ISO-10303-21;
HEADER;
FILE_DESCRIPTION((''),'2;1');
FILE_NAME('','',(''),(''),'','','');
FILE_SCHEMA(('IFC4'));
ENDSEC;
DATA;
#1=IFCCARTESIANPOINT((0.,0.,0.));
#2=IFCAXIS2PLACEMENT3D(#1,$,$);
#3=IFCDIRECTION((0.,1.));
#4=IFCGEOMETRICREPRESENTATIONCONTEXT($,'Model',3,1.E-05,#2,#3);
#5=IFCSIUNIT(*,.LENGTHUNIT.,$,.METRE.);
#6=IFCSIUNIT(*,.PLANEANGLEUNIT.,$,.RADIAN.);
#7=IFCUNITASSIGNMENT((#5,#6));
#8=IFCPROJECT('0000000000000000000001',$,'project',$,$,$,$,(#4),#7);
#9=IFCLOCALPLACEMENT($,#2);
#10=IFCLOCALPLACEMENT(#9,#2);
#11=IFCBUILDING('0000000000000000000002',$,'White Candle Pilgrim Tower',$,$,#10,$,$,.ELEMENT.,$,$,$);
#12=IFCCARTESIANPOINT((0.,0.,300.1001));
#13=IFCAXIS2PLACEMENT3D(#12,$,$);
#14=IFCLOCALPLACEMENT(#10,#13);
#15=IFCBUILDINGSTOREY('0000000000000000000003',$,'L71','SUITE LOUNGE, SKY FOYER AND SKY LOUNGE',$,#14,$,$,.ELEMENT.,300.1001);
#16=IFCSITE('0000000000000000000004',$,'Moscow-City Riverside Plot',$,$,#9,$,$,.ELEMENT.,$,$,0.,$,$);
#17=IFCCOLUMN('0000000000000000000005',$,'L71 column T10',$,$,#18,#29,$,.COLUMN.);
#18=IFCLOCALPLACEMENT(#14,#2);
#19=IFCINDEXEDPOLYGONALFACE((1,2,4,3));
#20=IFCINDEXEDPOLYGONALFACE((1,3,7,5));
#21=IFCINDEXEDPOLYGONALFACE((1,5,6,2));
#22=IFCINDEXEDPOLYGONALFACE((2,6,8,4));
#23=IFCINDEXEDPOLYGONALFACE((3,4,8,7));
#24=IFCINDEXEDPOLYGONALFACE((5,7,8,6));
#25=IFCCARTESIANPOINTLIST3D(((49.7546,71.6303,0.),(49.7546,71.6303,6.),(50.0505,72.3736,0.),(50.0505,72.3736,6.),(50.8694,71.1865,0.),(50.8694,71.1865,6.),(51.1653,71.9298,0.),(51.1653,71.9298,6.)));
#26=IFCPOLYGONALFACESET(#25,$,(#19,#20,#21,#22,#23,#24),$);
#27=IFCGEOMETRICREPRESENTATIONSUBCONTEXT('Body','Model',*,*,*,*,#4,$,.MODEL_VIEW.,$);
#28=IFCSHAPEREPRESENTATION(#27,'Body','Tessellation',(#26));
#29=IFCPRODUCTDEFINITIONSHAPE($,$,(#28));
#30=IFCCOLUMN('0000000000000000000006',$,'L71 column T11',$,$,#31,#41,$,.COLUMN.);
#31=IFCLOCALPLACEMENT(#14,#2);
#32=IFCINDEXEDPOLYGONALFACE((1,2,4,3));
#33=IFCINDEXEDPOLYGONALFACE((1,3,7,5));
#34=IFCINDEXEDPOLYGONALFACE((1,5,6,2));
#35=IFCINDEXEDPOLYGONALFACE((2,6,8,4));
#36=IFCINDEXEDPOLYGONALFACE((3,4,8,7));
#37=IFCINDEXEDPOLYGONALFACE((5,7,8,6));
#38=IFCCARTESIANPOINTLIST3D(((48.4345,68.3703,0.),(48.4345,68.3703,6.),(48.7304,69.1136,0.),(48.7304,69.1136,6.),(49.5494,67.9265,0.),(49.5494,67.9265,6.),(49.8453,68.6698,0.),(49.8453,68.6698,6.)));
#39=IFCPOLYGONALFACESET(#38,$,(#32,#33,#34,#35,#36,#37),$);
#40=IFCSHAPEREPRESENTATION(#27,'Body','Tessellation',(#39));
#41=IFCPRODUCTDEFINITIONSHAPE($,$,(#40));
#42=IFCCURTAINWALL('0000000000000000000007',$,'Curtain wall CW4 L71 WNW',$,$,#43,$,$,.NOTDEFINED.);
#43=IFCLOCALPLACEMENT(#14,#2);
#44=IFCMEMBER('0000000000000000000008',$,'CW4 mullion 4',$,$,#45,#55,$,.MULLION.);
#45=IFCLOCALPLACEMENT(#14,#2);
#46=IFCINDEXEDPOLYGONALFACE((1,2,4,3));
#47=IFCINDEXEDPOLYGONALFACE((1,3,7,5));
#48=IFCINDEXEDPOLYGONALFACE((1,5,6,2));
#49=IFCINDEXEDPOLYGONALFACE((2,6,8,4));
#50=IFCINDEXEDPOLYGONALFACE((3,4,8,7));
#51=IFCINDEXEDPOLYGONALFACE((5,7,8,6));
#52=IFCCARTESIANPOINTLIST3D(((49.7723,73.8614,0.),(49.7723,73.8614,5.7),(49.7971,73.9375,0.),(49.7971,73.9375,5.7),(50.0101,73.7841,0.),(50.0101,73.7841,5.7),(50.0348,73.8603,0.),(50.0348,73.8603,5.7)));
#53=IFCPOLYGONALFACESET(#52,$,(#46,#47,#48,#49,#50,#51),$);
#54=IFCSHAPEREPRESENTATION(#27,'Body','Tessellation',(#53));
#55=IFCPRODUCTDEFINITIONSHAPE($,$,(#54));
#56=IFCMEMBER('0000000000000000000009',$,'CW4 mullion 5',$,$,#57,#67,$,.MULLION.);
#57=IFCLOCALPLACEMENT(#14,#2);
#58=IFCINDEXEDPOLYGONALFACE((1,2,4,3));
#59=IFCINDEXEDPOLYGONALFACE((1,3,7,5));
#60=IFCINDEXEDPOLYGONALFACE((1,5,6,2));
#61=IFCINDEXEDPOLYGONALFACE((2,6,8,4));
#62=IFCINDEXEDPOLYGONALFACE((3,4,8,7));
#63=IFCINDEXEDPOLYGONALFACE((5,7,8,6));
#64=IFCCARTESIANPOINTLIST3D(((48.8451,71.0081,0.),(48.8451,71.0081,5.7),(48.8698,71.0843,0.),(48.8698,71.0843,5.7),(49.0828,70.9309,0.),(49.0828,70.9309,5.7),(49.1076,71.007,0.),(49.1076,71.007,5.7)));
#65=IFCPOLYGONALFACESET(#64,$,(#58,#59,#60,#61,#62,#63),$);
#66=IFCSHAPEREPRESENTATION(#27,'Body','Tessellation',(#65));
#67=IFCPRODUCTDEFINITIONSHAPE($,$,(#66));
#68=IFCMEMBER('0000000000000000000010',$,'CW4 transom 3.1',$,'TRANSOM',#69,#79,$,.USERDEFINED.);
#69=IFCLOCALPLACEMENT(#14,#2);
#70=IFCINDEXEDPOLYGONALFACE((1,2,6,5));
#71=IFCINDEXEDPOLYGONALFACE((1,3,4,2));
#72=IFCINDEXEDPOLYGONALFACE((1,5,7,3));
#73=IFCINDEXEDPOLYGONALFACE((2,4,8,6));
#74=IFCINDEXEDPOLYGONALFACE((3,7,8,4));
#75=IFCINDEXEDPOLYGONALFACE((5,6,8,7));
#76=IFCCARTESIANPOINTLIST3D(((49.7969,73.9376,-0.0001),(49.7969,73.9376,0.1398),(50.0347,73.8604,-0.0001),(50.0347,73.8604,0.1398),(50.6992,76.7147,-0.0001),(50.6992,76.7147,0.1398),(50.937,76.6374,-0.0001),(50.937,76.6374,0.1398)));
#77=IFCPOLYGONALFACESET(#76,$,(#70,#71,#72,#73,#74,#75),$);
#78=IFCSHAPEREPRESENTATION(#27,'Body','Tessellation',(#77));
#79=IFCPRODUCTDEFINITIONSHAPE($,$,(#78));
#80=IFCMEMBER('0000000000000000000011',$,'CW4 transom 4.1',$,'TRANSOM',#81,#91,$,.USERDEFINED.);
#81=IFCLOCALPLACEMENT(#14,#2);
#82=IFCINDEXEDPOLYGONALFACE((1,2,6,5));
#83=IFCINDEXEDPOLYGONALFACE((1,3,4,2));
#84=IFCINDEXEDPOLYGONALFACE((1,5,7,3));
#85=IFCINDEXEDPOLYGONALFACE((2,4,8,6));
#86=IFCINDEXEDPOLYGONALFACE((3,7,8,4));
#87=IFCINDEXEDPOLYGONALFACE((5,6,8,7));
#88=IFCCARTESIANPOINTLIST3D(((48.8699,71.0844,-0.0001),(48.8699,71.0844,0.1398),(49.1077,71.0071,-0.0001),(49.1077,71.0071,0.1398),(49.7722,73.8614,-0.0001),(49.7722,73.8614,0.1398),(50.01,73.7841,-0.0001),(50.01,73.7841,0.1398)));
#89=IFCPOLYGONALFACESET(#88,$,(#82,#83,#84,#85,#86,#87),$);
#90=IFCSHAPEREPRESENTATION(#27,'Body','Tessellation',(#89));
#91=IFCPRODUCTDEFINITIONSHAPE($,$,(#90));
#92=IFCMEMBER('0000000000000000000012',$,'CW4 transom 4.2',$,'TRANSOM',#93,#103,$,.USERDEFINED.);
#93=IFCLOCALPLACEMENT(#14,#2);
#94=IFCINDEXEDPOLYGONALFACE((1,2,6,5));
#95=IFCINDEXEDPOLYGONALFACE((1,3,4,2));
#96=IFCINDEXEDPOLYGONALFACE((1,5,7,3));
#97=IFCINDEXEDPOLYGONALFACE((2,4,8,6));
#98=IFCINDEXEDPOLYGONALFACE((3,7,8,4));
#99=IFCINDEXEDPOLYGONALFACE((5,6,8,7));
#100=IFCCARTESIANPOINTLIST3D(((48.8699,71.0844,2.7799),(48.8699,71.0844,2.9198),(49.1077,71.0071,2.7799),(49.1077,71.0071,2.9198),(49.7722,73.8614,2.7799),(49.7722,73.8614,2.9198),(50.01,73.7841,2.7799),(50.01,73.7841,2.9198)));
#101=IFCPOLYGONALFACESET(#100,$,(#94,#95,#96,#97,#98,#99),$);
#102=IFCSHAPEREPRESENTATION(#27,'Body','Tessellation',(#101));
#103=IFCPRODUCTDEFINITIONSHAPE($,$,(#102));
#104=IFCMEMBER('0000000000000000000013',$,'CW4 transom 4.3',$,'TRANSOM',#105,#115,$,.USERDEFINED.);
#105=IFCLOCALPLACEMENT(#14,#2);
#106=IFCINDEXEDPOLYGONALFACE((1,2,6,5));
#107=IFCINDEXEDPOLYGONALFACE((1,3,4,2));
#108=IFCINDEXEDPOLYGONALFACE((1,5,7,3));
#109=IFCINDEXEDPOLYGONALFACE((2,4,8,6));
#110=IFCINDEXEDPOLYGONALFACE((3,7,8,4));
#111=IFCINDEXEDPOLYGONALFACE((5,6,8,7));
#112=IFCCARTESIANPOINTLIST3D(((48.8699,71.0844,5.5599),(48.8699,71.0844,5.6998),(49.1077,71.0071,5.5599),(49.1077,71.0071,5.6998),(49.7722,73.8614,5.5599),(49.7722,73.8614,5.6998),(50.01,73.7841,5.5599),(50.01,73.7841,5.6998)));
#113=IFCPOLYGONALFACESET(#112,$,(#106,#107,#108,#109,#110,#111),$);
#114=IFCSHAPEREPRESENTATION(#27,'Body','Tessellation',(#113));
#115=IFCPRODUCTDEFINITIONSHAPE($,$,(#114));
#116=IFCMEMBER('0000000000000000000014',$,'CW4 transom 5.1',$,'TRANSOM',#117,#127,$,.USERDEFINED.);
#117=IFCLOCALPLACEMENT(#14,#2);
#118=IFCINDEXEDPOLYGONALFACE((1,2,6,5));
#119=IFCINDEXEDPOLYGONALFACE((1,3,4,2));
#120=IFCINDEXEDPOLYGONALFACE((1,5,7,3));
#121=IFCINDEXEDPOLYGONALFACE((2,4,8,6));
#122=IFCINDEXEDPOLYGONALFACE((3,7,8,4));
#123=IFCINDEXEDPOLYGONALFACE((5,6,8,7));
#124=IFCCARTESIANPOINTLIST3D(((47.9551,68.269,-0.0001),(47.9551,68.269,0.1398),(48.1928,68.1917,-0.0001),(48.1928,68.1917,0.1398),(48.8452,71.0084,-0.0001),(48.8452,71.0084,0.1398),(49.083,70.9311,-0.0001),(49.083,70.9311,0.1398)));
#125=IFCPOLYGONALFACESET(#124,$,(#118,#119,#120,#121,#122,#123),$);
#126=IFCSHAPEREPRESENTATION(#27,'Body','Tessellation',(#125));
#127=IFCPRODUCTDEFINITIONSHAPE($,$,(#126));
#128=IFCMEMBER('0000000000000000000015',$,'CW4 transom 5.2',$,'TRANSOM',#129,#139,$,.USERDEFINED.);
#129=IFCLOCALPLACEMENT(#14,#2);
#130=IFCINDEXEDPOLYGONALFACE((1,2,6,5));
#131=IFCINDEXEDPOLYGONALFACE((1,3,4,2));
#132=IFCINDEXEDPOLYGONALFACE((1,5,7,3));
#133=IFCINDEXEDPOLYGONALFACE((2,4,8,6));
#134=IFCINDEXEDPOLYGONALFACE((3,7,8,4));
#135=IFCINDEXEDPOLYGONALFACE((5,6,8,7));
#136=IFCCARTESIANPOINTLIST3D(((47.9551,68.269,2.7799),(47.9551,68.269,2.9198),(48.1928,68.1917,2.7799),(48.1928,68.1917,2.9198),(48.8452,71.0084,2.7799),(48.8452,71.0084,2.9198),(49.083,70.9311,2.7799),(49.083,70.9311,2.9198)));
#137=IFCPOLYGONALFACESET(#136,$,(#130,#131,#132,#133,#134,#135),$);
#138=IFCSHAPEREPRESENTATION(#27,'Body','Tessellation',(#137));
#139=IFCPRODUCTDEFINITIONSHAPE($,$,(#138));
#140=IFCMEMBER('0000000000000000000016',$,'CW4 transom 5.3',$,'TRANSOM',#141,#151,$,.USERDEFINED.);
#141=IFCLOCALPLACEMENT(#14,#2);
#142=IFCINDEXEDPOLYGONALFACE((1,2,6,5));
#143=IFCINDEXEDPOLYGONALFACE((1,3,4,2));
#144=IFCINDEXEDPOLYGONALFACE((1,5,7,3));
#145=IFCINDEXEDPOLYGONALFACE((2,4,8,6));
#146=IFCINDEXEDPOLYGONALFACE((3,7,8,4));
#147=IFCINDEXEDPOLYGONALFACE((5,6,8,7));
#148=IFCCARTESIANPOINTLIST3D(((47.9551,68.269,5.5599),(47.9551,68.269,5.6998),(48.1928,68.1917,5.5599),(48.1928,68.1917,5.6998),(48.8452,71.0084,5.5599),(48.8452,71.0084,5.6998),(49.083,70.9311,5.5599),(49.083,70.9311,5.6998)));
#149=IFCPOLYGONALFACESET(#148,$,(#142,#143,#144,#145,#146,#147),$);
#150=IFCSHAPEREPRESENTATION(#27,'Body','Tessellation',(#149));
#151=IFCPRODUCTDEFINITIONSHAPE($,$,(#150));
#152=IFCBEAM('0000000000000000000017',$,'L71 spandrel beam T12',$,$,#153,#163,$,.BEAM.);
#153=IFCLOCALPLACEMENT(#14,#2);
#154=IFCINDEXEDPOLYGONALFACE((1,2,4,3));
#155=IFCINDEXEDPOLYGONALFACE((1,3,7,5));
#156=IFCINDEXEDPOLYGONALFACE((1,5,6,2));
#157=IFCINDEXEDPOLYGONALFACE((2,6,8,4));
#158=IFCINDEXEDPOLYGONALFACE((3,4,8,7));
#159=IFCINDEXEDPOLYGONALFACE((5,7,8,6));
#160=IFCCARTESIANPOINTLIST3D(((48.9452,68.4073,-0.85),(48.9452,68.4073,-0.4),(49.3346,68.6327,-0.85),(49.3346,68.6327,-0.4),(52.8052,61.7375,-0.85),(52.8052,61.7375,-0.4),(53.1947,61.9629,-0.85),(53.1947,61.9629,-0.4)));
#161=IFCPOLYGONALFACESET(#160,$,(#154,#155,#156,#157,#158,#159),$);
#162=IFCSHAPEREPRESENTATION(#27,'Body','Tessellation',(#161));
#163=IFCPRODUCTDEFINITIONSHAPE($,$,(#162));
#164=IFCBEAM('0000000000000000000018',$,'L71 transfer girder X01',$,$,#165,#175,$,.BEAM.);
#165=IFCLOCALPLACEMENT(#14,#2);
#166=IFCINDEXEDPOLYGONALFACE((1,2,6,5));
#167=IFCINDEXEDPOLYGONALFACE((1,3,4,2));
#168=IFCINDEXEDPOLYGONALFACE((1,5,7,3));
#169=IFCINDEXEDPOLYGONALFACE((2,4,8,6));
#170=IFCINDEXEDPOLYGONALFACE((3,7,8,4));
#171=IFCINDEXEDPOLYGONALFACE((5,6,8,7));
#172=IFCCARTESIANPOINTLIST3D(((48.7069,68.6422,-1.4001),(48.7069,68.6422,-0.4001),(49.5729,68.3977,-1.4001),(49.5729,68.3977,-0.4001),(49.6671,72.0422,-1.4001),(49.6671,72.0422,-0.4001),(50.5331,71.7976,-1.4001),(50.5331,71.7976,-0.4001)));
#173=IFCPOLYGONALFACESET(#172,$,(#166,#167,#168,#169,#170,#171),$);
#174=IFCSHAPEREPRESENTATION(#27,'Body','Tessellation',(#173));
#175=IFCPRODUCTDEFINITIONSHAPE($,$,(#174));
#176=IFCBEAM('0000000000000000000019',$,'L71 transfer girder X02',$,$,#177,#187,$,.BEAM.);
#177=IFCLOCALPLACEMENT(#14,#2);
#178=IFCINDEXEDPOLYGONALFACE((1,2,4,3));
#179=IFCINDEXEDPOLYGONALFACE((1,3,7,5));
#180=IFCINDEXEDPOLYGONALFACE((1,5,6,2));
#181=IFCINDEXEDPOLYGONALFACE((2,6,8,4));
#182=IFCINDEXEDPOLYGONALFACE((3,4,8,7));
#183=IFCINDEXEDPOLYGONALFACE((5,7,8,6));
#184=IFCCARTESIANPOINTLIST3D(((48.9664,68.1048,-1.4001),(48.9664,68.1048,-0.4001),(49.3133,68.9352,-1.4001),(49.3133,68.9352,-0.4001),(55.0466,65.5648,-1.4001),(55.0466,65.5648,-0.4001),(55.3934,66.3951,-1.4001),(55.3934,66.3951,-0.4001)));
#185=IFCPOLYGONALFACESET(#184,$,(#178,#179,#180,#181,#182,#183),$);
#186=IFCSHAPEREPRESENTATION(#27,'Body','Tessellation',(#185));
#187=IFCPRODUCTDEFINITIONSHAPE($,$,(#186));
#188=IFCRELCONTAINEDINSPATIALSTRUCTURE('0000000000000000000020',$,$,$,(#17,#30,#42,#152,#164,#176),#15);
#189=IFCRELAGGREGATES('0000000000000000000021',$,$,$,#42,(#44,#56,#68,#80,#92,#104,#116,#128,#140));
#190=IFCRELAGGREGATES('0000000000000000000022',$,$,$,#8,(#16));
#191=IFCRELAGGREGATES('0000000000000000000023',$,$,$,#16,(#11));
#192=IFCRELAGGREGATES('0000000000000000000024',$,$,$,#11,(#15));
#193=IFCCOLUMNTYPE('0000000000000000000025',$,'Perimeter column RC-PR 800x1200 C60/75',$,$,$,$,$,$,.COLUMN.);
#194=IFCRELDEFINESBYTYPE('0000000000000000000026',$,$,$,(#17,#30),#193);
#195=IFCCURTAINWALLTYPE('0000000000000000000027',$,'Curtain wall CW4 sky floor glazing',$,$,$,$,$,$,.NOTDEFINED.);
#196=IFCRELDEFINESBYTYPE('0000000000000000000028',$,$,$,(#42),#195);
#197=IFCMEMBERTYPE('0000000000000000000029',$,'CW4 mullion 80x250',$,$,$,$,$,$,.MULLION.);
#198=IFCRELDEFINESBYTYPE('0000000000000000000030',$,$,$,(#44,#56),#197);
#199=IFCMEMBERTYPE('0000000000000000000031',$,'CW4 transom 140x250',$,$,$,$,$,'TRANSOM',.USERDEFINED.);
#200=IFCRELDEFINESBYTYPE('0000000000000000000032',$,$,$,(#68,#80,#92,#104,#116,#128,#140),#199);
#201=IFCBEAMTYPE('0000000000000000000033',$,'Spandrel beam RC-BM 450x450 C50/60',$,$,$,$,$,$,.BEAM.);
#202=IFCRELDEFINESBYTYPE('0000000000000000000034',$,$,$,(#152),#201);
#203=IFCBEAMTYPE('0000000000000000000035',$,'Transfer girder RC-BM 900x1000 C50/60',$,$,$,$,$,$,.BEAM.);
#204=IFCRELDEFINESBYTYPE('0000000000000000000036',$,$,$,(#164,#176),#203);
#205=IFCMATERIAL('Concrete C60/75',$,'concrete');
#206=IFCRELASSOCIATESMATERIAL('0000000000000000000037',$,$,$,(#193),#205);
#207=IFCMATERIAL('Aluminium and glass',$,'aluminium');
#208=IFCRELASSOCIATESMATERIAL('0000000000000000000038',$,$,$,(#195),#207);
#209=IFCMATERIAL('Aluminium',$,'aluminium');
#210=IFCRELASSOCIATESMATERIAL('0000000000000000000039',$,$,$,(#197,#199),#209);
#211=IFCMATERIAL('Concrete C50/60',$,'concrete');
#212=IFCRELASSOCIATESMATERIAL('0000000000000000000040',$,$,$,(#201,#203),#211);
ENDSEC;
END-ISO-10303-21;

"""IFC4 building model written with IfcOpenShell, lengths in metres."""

from ifc_helpers import new_model, si_unit, direction, frame, origin, origin_2d, place, context, subcontext, project, spatial, rectangle, extrude, material, material_profile, profile_set, type_object, element, aggregate, save


model = new_model("IFC4")

# Units and contexts
model_context = context("Model", 3, precision=1e-05, world=origin(), true_north=direction((0.0, 1.0)))
body_context = subcontext(model_context, "Body", "Model", "MODEL_VIEW")
ifc_project = project(units=[si_unit("LENGTHUNIT", "METRE"), si_unit("PLANEANGLEUNIT", "RADIAN")], contexts=[model_context])

# Site, building, storey
site_placement = place(None, origin())
site = spatial("IfcSite", under=ifc_project, at=site_placement, Name="Moscow-City Riverside Plot", CompositionType="ELEMENT", RefElevation=0.0)
building_placement = place(site_placement, origin())
building = spatial("IfcBuilding", under=site, at=building_placement, Name="White Candle Pilgrim Tower", CompositionType="ELEMENT")
storey_placement = place(building_placement, frame((0.0, 0.0, 300.1001)))
storey = spatial("IfcBuildingStorey", under=building, at=storey_placement, Name="L71", Description="SUITE LOUNGE, SKY FOYER AND SKY LOUNGE", CompositionType="ELEMENT", Elevation=300.1001)

# Columns
ifc_material_1 = material(Name="Concrete C60/75", Category="concrete")
ifc_material_profile_1 = material_profile(ifc_material_1, rectangle(XDim=0.8, YDim=1.2, at=origin_2d()), Name="RC-PR 800x1200")
ifc_profile_set_1 = profile_set([ifc_material_profile_1], Name="Concrete C60/75")
column_type = type_object("IfcColumnType", Name="Perimeter column RC-PR 800x1200 C60/75", PredefinedType="COLUMN", material=ifc_profile_set_1)
for number, where, z_axis, x_axis, name in (
    (1, (50.46, 71.78, 0.0), (0.0, 0.0, 1.0), (0.36986, 0.929087, 0.0), "L71 column T10"),
    (2, (49.1399, 68.52, 0.0), (0.0, 0.0, 1.0), (0.36986, 0.929087, 0.0), "L71 column T11"),
):
    element("IfcColumn", number, at=place(storey_placement, frame(where, z_axis=z_axis, x_axis=x_axis)), inside=storey, type_object=column_type, Name=name, PredefinedType="COLUMN", context=body_context, shape_type="SweptSolid", body=[
        extrude(rectangle(XDim=0.8, YDim=1.2, at=origin_2d()), origin(), (0.0, 0.0, 1.0), 6.0),
    ])

# Curtain wall, members
ifc_material_2 = material(Name="Aluminium and glass", Category="aluminium")
curtain_wall_type = type_object("IfcCurtainWallType", Name="Curtain wall CW4 sky floor glazing", PredefinedType="NOTDEFINED", material=ifc_material_2)
curtain_wall_placement = place(storey_placement, origin())
curtain_wall = element("IfcCurtainWall", 3, at=curtain_wall_placement, inside=storey, type_object=curtain_wall_type, Name="Curtain wall CW4 L71 WNW", PredefinedType="NOTDEFINED")
ifc_material_3 = material(Name="Aluminium", Category="aluminium")
ifc_material_profile_2 = material_profile(ifc_material_3, rectangle(XDim=0.25, YDim=0.0801, at=origin_2d()), Name="CW4 mullion 80x250")
ifc_profile_set_2 = profile_set([ifc_material_profile_2], Name="Aluminium")
member_type_1 = type_object("IfcMemberType", Name="CW4 mullion 80x250", PredefinedType="MULLION", material=ifc_profile_set_2)
member_1_placement = place(storey_placement, frame((49.9036, 73.8608, 0.0), z_axis=(0.0, 0.0, 1.0), x_axis=(0.951057, -0.309017, 0.0)))
member_1 = element("IfcMember", 4, at=member_1_placement, type_object=member_type_1, Name="CW4 mullion 4", PredefinedType="MULLION", context=body_context, shape_type="SweptSolid", body=[
    extrude(rectangle(XDim=0.25, YDim=0.0801, at=origin_2d()), origin(), (0.0, 0.0, 1.0), 5.7),
])
member_2_placement = place(storey_placement, frame((48.9763, 71.0076, 0.0), z_axis=(0.0, 0.0, 1.0), x_axis=(0.951057, -0.309017, 0.0)))
member_2 = element("IfcMember", 5, at=member_2_placement, type_object=member_type_1, Name="CW4 mullion 5", PredefinedType="MULLION", context=body_context, shape_type="SweptSolid", body=[
    extrude(rectangle(XDim=0.25, YDim=0.0801, at=origin_2d()), origin(), (0.0, 0.0, 1.0), 5.7),
])
ifc_material_profile_3 = material_profile(ifc_material_3, rectangle(XDim=0.25, YDim=0.1399, at=origin_2d()), Name="CW4 transom 140x250")
ifc_profile_set_3 = profile_set([ifc_material_profile_3], Name="Aluminium")
member_type_2 = type_object("IfcMemberType", Name="CW4 transom 140x250", ElementType="TRANSOM", PredefinedType="USERDEFINED", material=ifc_profile_set_3)
member_3_placement = place(storey_placement, frame((50.8181, 76.676, 0.0698), z_axis=(-0.30902, -0.951056, 0.0), x_axis=(0.951056, -0.30902, 0.0)))
member_3 = element("IfcMember", 6, at=member_3_placement, type_object=member_type_2, Name="CW4 transom 3.1", ObjectType="TRANSOM", PredefinedType="USERDEFINED", context=body_context, shape_type="SweptSolid", body=[
    extrude(rectangle(XDim=0.25, YDim=0.1399, at=origin_2d()), origin(), (0.0, 0.0, 1.0), 2.9199),
])
member_4_placement = place(storey_placement, frame((49.8911, 73.8228, 0.0698), z_axis=(-0.30902, -0.951056, 0.0), x_axis=(0.951056, -0.30902, 0.0)))
member_4 = element("IfcMember", 7, at=member_4_placement, type_object=member_type_2, Name="CW4 transom 4.1", ObjectType="TRANSOM", PredefinedType="USERDEFINED", context=body_context, shape_type="SweptSolid", body=[
    extrude(rectangle(XDim=0.25, YDim=0.1399, at=origin_2d()), origin(), (0.0, 0.0, 1.0), 2.9199),
])
member_5_placement = place(storey_placement, frame((49.8911, 73.8228, 2.8499), z_axis=(-0.30902, -0.951056, 0.0), x_axis=(0.951056, -0.30902, 0.0)))
member_5 = element("IfcMember", 8, at=member_5_placement, type_object=member_type_2, Name="CW4 transom 4.2", ObjectType="TRANSOM", PredefinedType="USERDEFINED", context=body_context, shape_type="SweptSolid", body=[
    extrude(rectangle(XDim=0.25, YDim=0.1399, at=origin_2d()), origin(), (0.0, 0.0, 1.0), 2.9199),
])
member_6_placement = place(storey_placement, frame((49.8911, 73.8228, 5.6299), z_axis=(-0.30902, -0.951056, 0.0), x_axis=(0.951056, -0.30902, 0.0)))
member_6 = element("IfcMember", 9, at=member_6_placement, type_object=member_type_2, Name="CW4 transom 4.3", ObjectType="TRANSOM", PredefinedType="USERDEFINED", context=body_context, shape_type="SweptSolid", body=[
    extrude(rectangle(XDim=0.25, YDim=0.1399, at=origin_2d()), origin(), (0.0, 0.0, 1.0), 2.9199),
])
member_7_placement = place(storey_placement, frame((48.9641, 70.9697, 0.0698), z_axis=(-0.309048, -0.951047, 0.0), x_axis=(0.951047, -0.309048, 0.0)))
member_7 = element("IfcMember", 10, at=member_7_placement, type_object=member_type_2, Name="CW4 transom 5.1", ObjectType="TRANSOM", PredefinedType="USERDEFINED", context=body_context, shape_type="SweptSolid", body=[
    extrude(rectangle(XDim=0.25, YDim=0.1399, at=origin_2d()), origin(), (0.0, 0.0, 1.0), 2.8804),
])
member_8_placement = place(storey_placement, frame((48.9641, 70.9697, 2.8499), z_axis=(-0.309048, -0.951047, 0.0), x_axis=(0.951047, -0.309048, 0.0)))
member_8 = element("IfcMember", 11, at=member_8_placement, type_object=member_type_2, Name="CW4 transom 5.2", ObjectType="TRANSOM", PredefinedType="USERDEFINED", context=body_context, shape_type="SweptSolid", body=[
    extrude(rectangle(XDim=0.25, YDim=0.1399, at=origin_2d()), origin(), (0.0, 0.0, 1.0), 2.8804),
])
member_9_placement = place(storey_placement, frame((48.9641, 70.9697, 5.6299), z_axis=(-0.309048, -0.951047, 0.0), x_axis=(0.951047, -0.309048, 0.0)))
member_9 = element("IfcMember", 12, at=member_9_placement, type_object=member_type_2, Name="CW4 transom 5.3", ObjectType="TRANSOM", PredefinedType="USERDEFINED", context=body_context, shape_type="SweptSolid", body=[
    extrude(rectangle(XDim=0.25, YDim=0.1399, at=origin_2d()), origin(), (0.0, 0.0, 1.0), 2.8804),
])

# Beams
ifc_material_4 = material(Name="Concrete C50/60", Category="concrete")
ifc_material_profile_4 = material_profile(ifc_material_4, rectangle(XDim=0.45, YDim=0.45, at=origin_2d()), Name="RC-BM 450x450")
ifc_profile_set_4 = profile_set([ifc_material_profile_4], Name="Concrete C50/60")
beam_type_1 = type_object("IfcBeamType", Name="Spandrel beam RC-BM 450x450 C50/60", PredefinedType="BEAM", material=ifc_profile_set_4)
beam_1_placement = place(storey_placement, frame((49.1399, 68.52, -0.625), z_axis=(0.500898, -0.865507, 0.0), x_axis=(0.865507, 0.500898, 0.0)))
element("IfcBeam", 13, at=beam_1_placement, inside=storey, type_object=beam_type_1, Name="L71 spandrel beam T12", PredefinedType="BEAM", context=body_context, shape_type="SweptSolid", body=[
    extrude(rectangle(XDim=0.45, YDim=0.45, at=origin_2d()), origin(), (0.0, 0.0, 1.0), 7.7063),
])
ifc_material_profile_5 = material_profile(ifc_material_4, rectangle(XDim=0.8999, YDim=1.0, at=origin_2d()), Name="RC-BM 900x1000")
ifc_profile_set_5 = profile_set([ifc_material_profile_5], Name="Concrete C50/60")
beam_type_2 = type_object("IfcBeamType", Name="Transfer girder RC-BM 900x1000 C50/60", PredefinedType="BEAM", material=ifc_profile_set_5)
beam_2_placement = place(storey_placement, frame((50.1001, 71.9199, -0.9001), z_axis=(-0.27179, -0.962357, 0.0), x_axis=(0.962357, -0.27179, 0.0)))
element("IfcBeam", 14, at=beam_2_placement, inside=storey, type_object=beam_type_2, Name="L71 transfer girder X01", PredefinedType="BEAM", context=body_context, shape_type="SweptSolid", body=[
    extrude(rectangle(XDim=0.8999, YDim=1.0, at=origin_2d()), origin(), (0.0, 0.0, 1.0), 3.533),
])
beam_3_placement = place(storey_placement, frame((49.1399, 68.52, -0.9001), z_axis=(0.922717, -0.385478, 0.0), x_axis=(0.385478, 0.922717, 0.0)))
element("IfcBeam", 15, at=beam_3_placement, inside=storey, type_object=beam_type_2, Name="L71 transfer girder X02", PredefinedType="BEAM", context=body_context, shape_type="SweptSolid", body=[
    extrude(rectangle(XDim=0.8999, YDim=1.0, at=origin_2d()), origin(), (0.0, 0.0, 1.0), 6.5894),
])

aggregate(curtain_wall, [member_1, member_2, member_3, member_4, member_5, member_6, member_7, member_8, member_9])

save(model, "model.ifc")
